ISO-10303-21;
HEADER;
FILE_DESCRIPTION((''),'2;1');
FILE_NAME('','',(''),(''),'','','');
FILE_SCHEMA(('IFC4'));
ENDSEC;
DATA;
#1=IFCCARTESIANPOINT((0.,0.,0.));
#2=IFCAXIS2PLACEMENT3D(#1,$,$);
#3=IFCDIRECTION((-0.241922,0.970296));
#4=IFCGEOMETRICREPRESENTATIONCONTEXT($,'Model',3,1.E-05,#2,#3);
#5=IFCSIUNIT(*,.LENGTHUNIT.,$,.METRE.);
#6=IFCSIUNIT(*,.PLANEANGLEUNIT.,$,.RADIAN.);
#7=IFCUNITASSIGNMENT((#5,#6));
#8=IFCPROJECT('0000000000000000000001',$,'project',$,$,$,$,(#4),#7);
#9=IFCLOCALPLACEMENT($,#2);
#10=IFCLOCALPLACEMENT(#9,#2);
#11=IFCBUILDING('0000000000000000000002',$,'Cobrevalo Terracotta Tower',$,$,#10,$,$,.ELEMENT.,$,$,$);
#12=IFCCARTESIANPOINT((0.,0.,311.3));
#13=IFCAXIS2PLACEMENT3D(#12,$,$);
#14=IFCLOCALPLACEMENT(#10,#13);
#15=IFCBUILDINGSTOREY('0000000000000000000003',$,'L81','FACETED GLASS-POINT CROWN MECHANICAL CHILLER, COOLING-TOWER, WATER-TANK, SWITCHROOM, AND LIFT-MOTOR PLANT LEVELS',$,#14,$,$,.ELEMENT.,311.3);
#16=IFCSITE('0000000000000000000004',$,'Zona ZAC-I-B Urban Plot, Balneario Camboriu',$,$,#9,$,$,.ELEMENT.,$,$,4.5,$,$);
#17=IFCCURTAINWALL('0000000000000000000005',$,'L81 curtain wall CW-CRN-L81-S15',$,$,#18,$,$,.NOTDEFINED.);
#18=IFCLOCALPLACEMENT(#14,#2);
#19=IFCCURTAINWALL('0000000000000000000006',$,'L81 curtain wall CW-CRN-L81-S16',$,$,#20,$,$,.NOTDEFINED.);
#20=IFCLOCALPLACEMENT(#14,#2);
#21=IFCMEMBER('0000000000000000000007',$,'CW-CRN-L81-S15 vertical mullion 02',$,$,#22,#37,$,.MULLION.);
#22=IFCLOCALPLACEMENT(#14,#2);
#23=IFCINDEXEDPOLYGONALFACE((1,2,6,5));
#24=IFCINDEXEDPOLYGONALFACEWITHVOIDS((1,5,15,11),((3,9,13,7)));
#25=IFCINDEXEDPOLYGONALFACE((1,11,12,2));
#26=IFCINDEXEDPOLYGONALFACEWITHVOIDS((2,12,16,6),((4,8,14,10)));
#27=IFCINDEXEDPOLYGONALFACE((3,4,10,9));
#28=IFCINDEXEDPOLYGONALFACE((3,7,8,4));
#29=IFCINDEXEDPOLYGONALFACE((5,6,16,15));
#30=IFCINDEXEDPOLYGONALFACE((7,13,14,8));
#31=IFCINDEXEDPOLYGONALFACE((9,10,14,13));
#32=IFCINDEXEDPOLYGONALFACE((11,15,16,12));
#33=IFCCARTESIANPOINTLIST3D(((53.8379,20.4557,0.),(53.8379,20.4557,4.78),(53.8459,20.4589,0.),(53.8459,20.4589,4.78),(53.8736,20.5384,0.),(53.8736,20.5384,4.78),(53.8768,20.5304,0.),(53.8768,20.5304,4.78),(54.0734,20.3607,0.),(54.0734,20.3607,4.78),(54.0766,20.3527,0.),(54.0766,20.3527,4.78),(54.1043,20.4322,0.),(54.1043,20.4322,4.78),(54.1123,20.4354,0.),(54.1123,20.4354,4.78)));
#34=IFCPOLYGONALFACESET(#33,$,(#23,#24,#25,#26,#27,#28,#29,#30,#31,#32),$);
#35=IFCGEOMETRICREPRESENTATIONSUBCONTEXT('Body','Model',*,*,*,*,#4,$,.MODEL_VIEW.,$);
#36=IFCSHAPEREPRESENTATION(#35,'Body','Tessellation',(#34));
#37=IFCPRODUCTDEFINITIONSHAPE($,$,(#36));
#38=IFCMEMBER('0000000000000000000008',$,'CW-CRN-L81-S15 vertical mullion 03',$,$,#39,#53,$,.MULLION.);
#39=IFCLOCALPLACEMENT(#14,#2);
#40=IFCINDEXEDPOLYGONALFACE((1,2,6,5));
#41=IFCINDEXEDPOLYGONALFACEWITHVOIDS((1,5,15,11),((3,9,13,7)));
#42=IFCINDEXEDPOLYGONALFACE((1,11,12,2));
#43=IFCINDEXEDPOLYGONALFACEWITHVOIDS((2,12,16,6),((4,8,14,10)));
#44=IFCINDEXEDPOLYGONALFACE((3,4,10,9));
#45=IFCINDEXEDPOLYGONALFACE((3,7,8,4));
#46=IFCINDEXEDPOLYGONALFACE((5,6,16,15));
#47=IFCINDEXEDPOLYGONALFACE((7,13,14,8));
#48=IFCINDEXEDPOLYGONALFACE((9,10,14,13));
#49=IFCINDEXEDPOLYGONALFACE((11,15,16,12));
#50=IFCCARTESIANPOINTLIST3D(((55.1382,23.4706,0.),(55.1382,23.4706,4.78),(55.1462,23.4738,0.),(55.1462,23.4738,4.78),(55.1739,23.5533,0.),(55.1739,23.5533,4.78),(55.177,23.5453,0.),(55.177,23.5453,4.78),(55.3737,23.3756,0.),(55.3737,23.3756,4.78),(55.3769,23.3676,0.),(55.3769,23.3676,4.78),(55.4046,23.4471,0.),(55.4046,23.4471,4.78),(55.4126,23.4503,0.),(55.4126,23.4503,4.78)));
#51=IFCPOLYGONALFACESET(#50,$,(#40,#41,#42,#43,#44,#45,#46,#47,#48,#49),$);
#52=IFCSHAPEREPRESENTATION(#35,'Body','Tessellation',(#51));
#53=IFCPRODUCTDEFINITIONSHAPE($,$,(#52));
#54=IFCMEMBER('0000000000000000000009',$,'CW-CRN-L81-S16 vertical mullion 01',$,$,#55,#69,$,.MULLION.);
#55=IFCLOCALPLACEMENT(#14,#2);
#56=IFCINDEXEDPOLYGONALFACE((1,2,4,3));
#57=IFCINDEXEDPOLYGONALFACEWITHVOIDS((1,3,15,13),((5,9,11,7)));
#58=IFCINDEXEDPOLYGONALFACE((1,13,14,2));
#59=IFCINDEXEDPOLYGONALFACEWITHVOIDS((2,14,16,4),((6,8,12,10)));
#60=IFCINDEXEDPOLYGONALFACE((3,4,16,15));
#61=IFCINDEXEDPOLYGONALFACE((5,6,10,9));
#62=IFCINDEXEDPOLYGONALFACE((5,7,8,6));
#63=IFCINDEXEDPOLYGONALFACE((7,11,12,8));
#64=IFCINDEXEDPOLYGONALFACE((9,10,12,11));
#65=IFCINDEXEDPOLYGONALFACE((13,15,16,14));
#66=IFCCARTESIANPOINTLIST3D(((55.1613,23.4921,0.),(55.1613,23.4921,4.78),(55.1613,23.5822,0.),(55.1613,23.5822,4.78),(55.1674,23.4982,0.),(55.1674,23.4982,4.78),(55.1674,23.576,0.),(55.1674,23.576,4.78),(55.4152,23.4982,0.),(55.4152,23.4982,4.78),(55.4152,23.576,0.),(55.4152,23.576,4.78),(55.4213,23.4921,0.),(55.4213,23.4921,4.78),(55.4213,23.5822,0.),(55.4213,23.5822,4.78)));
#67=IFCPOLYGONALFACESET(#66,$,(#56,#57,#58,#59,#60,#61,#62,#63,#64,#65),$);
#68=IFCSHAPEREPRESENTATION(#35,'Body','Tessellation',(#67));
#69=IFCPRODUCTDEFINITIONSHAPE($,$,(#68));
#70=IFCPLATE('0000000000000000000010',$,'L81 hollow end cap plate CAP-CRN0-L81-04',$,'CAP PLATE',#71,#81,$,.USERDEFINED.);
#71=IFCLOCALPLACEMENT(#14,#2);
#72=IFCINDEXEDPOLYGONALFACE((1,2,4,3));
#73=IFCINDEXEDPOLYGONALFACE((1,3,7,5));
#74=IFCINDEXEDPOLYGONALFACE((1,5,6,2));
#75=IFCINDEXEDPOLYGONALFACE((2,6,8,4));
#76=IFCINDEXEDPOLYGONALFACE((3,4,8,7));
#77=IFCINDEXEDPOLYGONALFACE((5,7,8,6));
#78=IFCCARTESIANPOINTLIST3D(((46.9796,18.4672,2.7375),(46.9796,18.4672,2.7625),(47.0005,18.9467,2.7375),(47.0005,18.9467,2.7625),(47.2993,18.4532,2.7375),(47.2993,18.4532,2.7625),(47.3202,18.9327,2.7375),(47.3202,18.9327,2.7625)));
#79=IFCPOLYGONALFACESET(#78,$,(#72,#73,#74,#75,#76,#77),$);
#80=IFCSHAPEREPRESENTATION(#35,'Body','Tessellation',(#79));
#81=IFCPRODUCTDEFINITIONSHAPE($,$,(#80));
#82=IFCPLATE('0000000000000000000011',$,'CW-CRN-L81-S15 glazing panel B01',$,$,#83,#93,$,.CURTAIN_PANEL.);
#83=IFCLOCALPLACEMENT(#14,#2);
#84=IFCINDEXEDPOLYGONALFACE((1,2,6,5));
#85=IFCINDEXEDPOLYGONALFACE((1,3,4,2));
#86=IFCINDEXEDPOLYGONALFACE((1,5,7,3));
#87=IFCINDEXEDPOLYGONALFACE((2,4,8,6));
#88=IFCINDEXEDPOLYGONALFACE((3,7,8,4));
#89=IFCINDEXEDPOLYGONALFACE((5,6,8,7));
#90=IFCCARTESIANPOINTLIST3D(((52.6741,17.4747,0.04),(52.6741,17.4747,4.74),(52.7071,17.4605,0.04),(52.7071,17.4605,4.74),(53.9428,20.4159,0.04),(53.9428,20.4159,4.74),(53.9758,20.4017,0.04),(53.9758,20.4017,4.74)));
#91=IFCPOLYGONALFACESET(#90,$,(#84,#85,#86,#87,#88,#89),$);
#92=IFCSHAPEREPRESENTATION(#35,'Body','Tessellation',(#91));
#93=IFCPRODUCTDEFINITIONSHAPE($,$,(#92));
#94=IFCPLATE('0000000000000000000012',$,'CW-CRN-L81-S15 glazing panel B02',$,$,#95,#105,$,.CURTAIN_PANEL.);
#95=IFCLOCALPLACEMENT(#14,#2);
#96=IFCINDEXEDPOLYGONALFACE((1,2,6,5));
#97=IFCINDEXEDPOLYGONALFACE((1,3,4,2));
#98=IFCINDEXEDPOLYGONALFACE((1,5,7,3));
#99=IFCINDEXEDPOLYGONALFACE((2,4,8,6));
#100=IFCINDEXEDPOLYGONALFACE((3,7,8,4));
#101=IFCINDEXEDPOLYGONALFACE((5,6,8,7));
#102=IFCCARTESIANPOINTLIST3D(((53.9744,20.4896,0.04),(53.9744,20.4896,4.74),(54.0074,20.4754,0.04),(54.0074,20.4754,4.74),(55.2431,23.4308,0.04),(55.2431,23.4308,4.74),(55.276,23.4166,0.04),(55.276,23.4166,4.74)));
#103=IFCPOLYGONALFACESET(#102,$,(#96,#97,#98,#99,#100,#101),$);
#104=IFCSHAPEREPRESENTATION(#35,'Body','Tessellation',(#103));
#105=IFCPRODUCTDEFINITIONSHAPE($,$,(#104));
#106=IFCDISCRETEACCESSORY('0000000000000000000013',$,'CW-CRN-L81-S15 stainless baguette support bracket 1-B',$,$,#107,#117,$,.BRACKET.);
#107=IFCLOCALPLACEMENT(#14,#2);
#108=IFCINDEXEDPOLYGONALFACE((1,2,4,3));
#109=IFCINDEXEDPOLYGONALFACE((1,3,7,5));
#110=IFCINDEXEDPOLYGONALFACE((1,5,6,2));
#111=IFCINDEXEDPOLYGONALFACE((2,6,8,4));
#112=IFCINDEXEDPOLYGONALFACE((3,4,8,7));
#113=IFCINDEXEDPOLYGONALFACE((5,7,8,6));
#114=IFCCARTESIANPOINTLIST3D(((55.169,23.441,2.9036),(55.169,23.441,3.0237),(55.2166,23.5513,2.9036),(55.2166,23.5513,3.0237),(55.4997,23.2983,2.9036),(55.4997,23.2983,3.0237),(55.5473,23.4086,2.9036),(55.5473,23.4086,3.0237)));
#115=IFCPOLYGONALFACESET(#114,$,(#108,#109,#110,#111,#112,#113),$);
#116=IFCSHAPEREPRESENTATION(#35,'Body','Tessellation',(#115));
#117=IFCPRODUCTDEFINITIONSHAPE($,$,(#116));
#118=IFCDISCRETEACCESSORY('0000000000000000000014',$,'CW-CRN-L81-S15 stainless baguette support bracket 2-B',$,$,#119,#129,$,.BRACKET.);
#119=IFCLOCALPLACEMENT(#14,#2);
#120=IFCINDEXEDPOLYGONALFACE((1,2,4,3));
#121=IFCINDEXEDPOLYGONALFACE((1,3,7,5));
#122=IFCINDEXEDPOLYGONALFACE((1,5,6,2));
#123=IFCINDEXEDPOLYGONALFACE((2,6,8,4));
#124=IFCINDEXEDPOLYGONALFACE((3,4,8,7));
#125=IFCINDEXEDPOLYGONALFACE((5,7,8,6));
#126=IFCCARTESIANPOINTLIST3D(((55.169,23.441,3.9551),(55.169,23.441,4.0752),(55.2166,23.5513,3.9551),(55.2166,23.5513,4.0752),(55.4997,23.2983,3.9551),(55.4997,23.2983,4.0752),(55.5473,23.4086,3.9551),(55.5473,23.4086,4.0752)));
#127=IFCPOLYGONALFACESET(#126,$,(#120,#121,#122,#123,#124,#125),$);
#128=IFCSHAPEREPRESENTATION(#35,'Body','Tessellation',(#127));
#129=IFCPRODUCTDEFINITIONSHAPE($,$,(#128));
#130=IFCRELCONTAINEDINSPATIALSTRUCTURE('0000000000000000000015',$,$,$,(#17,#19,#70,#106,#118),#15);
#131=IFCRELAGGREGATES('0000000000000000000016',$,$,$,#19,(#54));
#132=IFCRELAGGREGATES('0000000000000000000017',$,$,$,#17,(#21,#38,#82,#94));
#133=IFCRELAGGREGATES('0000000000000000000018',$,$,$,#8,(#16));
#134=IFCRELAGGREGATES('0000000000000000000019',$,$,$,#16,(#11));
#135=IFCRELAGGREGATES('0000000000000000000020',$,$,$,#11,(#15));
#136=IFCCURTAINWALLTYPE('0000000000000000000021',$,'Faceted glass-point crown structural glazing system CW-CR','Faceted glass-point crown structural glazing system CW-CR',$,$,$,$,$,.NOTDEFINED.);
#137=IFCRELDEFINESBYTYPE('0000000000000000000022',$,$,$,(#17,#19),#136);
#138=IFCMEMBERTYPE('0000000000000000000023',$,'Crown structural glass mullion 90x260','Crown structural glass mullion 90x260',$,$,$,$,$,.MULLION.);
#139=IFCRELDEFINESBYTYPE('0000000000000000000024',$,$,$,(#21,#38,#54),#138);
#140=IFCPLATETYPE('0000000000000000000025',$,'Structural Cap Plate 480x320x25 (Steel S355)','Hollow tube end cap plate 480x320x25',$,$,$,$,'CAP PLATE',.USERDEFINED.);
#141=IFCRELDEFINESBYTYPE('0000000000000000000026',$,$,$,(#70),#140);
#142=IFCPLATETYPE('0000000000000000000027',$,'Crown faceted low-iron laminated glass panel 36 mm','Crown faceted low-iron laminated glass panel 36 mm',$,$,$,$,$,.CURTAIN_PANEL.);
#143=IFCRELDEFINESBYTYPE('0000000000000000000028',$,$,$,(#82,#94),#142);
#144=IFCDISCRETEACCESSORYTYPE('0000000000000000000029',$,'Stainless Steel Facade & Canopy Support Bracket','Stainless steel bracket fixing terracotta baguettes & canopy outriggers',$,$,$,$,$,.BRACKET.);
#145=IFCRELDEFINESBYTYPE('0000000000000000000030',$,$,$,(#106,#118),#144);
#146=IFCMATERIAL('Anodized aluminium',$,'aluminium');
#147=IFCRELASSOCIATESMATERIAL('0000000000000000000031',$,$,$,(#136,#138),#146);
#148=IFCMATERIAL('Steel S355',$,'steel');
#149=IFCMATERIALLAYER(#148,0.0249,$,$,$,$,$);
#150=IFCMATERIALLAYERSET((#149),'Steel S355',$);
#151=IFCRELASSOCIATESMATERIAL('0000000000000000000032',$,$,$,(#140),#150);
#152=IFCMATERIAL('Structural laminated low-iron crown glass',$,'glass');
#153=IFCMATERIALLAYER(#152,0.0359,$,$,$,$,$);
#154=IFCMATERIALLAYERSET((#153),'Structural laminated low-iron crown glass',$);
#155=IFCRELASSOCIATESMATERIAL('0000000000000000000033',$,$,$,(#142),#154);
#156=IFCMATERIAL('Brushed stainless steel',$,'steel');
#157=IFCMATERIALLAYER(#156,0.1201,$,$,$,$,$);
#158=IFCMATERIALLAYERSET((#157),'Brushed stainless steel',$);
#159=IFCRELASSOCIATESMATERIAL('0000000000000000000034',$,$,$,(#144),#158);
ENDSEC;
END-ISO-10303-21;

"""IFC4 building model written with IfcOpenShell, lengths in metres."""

from ifc_helpers import new_model, si_unit, direction, frame, origin, origin_2d, place, context, subcontext, project, spatial, rectangle, hollow_rectangle, extrude, source, transform, mapped, material, layer, layer_set, material_profile, profile_set, type_object, element, aggregate, save


model = new_model("IFC4")

# Units and contexts
model_context = context("Model", 3, precision=1e-05, world=origin(), true_north=direction((-0.241922, 0.970296)))
body_context = subcontext(model_context, "Body", "Model", "MODEL_VIEW")
ifc_project = project(units=[si_unit("LENGTHUNIT", "METRE"), si_unit("PLANEANGLEUNIT", "RADIAN")], contexts=[model_context])

# Site, building, storey
site_placement = place(None, origin())
site = spatial("IfcSite", under=ifc_project, at=site_placement, Name="Zona ZAC-I-B Urban Plot, Balneario Camboriu", CompositionType="ELEMENT", RefElevation=4.5)
building_placement = place(site_placement, origin())
building = spatial("IfcBuilding", under=site, at=building_placement, Name="Cobrevalo Terracotta Tower", CompositionType="ELEMENT")
storey_placement = place(building_placement, frame((0.0, 0.0, 311.3)))
storey = spatial("IfcBuildingStorey", under=building, at=storey_placement, Name="L81", Description="FACETED GLASS-POINT CROWN MECHANICAL CHILLER, COOLING-TOWER, WATER-TANK, SWITCHROOM, AND LIFT-MOTOR PLANT LEVELS", CompositionType="ELEMENT", Elevation=311.3)

# Shared definitions
ifc_material_1 = material(Name="Steel S355", Category="steel")

# Curtain walls
ifc_material_2 = material(Name="Anodized aluminium", Category="aluminium")
curtain_wall_type = type_object("IfcCurtainWallType", Name="Faceted glass-point crown structural glazing system CW-CR", Description="Faceted glass-point crown structural glazing system CW-CR", PredefinedType="NOTDEFINED", material=ifc_material_2)
curtain_wall_1_placement = place(storey_placement, origin())
curtain_wall_1 = element("IfcCurtainWall", 1, at=curtain_wall_1_placement, inside=storey, type_object=curtain_wall_type, Name="L81 curtain wall CW-CRN-L81-S15", PredefinedType="NOTDEFINED")
curtain_wall_2_placement = place(storey_placement, origin())
curtain_wall_2 = element("IfcCurtainWall", 2, at=curtain_wall_2_placement, inside=storey, type_object=curtain_wall_type, Name="L81 curtain wall CW-CRN-L81-S16", PredefinedType="NOTDEFINED")

# Members
ifc_material_profile_1 = material_profile(ifc_material_2, hollow_rectangle(XDim=0.0901, YDim=0.26, WallThickness=0.0061, at=origin_2d()), Name="CWM 90x260")
ifc_profile_set_1 = profile_set([ifc_material_profile_1], Name="Anodized aluminium")
member_type_1 = type_object("IfcMemberType", Name="Crown structural glass mullion 90x260", Description="Crown structural glass mullion 90x260", PredefinedType="MULLION", material=ifc_profile_set_1)
shared_shape_1 = source(origin(), body_context, "Body", "SweptSolid", [
    extrude(hollow_rectangle(XDim=0.0901, YDim=0.26, WallThickness=0.0061, at=origin_2d()), origin(), (0.0, 0.0, 1.0), 4.78),
])
member_1_placement = place(storey_placement, frame((53.9751, 20.4456, 0.0), z_axis=(0.0, 0.0, 1.0), x_axis=(0.396058, 0.918225, 0.0)))
member_1 = element("IfcMember", 3, at=member_1_placement, type_object=member_type_1, Name="CW-CRN-L81-S15 vertical mullion 02", PredefinedType="MULLION", context=body_context, shape_type="MappedRepresentation", body=[
    mapped(shared_shape_1, transform((0.0, 0.0, 0.0), scale=1.0)),
])
member_2_placement = place(storey_placement, frame((55.2754, 23.4604, 0.0), z_axis=(0.0, 0.0, 1.0), x_axis=(0.396058, 0.918225, 0.0)))
member_2 = element("IfcMember", 4, at=member_2_placement, type_object=member_type_1, Name="CW-CRN-L81-S15 vertical mullion 03", PredefinedType="MULLION", context=body_context, shape_type="MappedRepresentation", body=[
    mapped(shared_shape_1, transform((0.0, 0.0, 0.0), scale=1.0)),
])
member_3_placement = place(storey_placement, frame((55.2913, 23.5371, 0.0), z_axis=(0.0, 0.0, 1.0), x_axis=(0.0, 1.0, 0.0)))
member_3 = element("IfcMember", 5, at=member_3_placement, type_object=member_type_1, Name="CW-CRN-L81-S16 vertical mullion 01", PredefinedType="MULLION", context=body_context, shape_type="MappedRepresentation", body=[
    mapped(shared_shape_1, transform((0.0, 0.0, 0.0), scale=1.0)),
])
aggregate(curtain_wall_2, [member_3])

# Plates
ifc_layer_1 = layer(ifc_material_1, 0.0249)
ifc_layer_set_1 = layer_set([ifc_layer_1], Name="Steel S355")
plate_type_1 = type_object("IfcPlateType", Name="Structural Cap Plate 480x320x25 (Steel S355)", Description="Hollow tube end cap plate 480x320x25", ElementType="CAP PLATE", PredefinedType="USERDEFINED", material=ifc_layer_set_1)
shared_shape_2 = source(origin(), body_context, "Body", "SweptSolid", [
    extrude(rectangle(XDim=0.48, YDim=0.3201, at=origin_2d()), origin(), (0.0, 0.0, 1.0), 0.0249),
])
plate_1_placement = place(storey_placement, frame((47.1499, 18.7, 2.7375), z_axis=(0.0, 0.0, 1.0), x_axis=(-0.0436, -0.999049, 0.0)))
element("IfcPlate", 6, at=plate_1_placement, inside=storey, type_object=plate_type_1, Name="L81 hollow end cap plate CAP-CRN0-L81-04", ObjectType="CAP PLATE", PredefinedType="USERDEFINED", context=body_context, shape_type="MappedRepresentation", body=[
    mapped(shared_shape_2, transform((0.0, 0.0, 0.0), scale=1.0)),
])
ifc_material_3 = material(Name="Structural laminated low-iron crown glass", Category="glass")
ifc_layer_2 = layer(ifc_material_3, 0.0359)
ifc_layer_set_2 = layer_set([ifc_layer_2], Name="Structural laminated low-iron crown glass")
plate_type_2 = type_object("IfcPlateType", Name="Crown faceted low-iron laminated glass panel 36 mm", Description="Crown faceted low-iron laminated glass panel 36 mm", PredefinedType="CURTAIN_PANEL", material=ifc_layer_set_2)
shared_shape_3 = source(origin(), body_context, "Body", "SweptSolid", [
    extrude(rectangle(XDim=3.2031, YDim=0.0359, at=origin_2d()), origin(), (0.0, 0.0, 1.0), 4.7),
])
plate_2_placement = place(storey_placement, frame((53.325, 18.9382, 0.04), z_axis=(0.0, 0.0, 1.0), x_axis=(0.396066, 0.918222, 0.0)))
plate_2 = element("IfcPlate", 7, at=plate_2_placement, type_object=plate_type_2, Name="CW-CRN-L81-S15 glazing panel B01", PredefinedType="CURTAIN_PANEL", context=body_context, shape_type="MappedRepresentation", body=[
    mapped(shared_shape_3, transform((0.0, 0.0, 0.0), scale=1.0)),
])
plate_3_placement = place(storey_placement, frame((54.6252, 21.9531, 0.04), z_axis=(0.0, 0.0, 1.0), x_axis=(0.396066, 0.918222, 0.0)))
plate_3 = element("IfcPlate", 8, at=plate_3_placement, type_object=plate_type_2, Name="CW-CRN-L81-S15 glazing panel B02", PredefinedType="CURTAIN_PANEL", context=body_context, shape_type="MappedRepresentation", body=[
    mapped(shared_shape_3, transform((0.0, 0.0, 0.0), scale=1.0)),
])
aggregate(curtain_wall_1, [member_1, member_2, plate_2, plate_3])

# Discrete accessories
ifc_material_4 = material(Name="Brushed stainless steel", Category="steel")
ifc_layer_3 = layer(ifc_material_4, 0.1201)
ifc_layer_set_3 = layer_set([ifc_layer_3], Name="Brushed stainless steel")
discrete_accessory_type = type_object("IfcDiscreteAccessoryType", Name="Stainless Steel Facade & Canopy Support Bracket", Description="Stainless steel bracket fixing terracotta baguettes & canopy outriggers", PredefinedType="BRACKET", material=ifc_layer_set_3)
shared_shape_4 = source(origin(), body_context, "Body", "SweptSolid", [
    extrude(rectangle(XDim=0.1201, YDim=0.3601, at=origin_2d()), origin(), (0.0, 0.0, 1.0), 0.1201),
])
for number, where, z_axis, x_axis, name in (
    (9, (55.3582, 23.4248, 2.9036), (0.0, 0.0, 1.0), (0.396066, 0.918222, 0.0), "CW-CRN-L81-S15 stainless baguette support bracket 1-B"),
    (10, (55.3582, 23.4248, 3.9551), (0.0, 0.0, 1.0), (0.396066, 0.918222, 0.0), "CW-CRN-L81-S15 stainless baguette support bracket 2-B"),
):
    element("IfcDiscreteAccessory", number, at=place(storey_placement, frame(where, z_axis=z_axis, x_axis=x_axis)), inside=storey, type_object=discrete_accessory_type, Name=name, PredefinedType="BRACKET", context=body_context, shape_type="MappedRepresentation", body=[
        mapped(shared_shape_4, transform((0.0, 0.0, 0.0), scale=1.0)),
    ])

save(model, "model.ifc")
